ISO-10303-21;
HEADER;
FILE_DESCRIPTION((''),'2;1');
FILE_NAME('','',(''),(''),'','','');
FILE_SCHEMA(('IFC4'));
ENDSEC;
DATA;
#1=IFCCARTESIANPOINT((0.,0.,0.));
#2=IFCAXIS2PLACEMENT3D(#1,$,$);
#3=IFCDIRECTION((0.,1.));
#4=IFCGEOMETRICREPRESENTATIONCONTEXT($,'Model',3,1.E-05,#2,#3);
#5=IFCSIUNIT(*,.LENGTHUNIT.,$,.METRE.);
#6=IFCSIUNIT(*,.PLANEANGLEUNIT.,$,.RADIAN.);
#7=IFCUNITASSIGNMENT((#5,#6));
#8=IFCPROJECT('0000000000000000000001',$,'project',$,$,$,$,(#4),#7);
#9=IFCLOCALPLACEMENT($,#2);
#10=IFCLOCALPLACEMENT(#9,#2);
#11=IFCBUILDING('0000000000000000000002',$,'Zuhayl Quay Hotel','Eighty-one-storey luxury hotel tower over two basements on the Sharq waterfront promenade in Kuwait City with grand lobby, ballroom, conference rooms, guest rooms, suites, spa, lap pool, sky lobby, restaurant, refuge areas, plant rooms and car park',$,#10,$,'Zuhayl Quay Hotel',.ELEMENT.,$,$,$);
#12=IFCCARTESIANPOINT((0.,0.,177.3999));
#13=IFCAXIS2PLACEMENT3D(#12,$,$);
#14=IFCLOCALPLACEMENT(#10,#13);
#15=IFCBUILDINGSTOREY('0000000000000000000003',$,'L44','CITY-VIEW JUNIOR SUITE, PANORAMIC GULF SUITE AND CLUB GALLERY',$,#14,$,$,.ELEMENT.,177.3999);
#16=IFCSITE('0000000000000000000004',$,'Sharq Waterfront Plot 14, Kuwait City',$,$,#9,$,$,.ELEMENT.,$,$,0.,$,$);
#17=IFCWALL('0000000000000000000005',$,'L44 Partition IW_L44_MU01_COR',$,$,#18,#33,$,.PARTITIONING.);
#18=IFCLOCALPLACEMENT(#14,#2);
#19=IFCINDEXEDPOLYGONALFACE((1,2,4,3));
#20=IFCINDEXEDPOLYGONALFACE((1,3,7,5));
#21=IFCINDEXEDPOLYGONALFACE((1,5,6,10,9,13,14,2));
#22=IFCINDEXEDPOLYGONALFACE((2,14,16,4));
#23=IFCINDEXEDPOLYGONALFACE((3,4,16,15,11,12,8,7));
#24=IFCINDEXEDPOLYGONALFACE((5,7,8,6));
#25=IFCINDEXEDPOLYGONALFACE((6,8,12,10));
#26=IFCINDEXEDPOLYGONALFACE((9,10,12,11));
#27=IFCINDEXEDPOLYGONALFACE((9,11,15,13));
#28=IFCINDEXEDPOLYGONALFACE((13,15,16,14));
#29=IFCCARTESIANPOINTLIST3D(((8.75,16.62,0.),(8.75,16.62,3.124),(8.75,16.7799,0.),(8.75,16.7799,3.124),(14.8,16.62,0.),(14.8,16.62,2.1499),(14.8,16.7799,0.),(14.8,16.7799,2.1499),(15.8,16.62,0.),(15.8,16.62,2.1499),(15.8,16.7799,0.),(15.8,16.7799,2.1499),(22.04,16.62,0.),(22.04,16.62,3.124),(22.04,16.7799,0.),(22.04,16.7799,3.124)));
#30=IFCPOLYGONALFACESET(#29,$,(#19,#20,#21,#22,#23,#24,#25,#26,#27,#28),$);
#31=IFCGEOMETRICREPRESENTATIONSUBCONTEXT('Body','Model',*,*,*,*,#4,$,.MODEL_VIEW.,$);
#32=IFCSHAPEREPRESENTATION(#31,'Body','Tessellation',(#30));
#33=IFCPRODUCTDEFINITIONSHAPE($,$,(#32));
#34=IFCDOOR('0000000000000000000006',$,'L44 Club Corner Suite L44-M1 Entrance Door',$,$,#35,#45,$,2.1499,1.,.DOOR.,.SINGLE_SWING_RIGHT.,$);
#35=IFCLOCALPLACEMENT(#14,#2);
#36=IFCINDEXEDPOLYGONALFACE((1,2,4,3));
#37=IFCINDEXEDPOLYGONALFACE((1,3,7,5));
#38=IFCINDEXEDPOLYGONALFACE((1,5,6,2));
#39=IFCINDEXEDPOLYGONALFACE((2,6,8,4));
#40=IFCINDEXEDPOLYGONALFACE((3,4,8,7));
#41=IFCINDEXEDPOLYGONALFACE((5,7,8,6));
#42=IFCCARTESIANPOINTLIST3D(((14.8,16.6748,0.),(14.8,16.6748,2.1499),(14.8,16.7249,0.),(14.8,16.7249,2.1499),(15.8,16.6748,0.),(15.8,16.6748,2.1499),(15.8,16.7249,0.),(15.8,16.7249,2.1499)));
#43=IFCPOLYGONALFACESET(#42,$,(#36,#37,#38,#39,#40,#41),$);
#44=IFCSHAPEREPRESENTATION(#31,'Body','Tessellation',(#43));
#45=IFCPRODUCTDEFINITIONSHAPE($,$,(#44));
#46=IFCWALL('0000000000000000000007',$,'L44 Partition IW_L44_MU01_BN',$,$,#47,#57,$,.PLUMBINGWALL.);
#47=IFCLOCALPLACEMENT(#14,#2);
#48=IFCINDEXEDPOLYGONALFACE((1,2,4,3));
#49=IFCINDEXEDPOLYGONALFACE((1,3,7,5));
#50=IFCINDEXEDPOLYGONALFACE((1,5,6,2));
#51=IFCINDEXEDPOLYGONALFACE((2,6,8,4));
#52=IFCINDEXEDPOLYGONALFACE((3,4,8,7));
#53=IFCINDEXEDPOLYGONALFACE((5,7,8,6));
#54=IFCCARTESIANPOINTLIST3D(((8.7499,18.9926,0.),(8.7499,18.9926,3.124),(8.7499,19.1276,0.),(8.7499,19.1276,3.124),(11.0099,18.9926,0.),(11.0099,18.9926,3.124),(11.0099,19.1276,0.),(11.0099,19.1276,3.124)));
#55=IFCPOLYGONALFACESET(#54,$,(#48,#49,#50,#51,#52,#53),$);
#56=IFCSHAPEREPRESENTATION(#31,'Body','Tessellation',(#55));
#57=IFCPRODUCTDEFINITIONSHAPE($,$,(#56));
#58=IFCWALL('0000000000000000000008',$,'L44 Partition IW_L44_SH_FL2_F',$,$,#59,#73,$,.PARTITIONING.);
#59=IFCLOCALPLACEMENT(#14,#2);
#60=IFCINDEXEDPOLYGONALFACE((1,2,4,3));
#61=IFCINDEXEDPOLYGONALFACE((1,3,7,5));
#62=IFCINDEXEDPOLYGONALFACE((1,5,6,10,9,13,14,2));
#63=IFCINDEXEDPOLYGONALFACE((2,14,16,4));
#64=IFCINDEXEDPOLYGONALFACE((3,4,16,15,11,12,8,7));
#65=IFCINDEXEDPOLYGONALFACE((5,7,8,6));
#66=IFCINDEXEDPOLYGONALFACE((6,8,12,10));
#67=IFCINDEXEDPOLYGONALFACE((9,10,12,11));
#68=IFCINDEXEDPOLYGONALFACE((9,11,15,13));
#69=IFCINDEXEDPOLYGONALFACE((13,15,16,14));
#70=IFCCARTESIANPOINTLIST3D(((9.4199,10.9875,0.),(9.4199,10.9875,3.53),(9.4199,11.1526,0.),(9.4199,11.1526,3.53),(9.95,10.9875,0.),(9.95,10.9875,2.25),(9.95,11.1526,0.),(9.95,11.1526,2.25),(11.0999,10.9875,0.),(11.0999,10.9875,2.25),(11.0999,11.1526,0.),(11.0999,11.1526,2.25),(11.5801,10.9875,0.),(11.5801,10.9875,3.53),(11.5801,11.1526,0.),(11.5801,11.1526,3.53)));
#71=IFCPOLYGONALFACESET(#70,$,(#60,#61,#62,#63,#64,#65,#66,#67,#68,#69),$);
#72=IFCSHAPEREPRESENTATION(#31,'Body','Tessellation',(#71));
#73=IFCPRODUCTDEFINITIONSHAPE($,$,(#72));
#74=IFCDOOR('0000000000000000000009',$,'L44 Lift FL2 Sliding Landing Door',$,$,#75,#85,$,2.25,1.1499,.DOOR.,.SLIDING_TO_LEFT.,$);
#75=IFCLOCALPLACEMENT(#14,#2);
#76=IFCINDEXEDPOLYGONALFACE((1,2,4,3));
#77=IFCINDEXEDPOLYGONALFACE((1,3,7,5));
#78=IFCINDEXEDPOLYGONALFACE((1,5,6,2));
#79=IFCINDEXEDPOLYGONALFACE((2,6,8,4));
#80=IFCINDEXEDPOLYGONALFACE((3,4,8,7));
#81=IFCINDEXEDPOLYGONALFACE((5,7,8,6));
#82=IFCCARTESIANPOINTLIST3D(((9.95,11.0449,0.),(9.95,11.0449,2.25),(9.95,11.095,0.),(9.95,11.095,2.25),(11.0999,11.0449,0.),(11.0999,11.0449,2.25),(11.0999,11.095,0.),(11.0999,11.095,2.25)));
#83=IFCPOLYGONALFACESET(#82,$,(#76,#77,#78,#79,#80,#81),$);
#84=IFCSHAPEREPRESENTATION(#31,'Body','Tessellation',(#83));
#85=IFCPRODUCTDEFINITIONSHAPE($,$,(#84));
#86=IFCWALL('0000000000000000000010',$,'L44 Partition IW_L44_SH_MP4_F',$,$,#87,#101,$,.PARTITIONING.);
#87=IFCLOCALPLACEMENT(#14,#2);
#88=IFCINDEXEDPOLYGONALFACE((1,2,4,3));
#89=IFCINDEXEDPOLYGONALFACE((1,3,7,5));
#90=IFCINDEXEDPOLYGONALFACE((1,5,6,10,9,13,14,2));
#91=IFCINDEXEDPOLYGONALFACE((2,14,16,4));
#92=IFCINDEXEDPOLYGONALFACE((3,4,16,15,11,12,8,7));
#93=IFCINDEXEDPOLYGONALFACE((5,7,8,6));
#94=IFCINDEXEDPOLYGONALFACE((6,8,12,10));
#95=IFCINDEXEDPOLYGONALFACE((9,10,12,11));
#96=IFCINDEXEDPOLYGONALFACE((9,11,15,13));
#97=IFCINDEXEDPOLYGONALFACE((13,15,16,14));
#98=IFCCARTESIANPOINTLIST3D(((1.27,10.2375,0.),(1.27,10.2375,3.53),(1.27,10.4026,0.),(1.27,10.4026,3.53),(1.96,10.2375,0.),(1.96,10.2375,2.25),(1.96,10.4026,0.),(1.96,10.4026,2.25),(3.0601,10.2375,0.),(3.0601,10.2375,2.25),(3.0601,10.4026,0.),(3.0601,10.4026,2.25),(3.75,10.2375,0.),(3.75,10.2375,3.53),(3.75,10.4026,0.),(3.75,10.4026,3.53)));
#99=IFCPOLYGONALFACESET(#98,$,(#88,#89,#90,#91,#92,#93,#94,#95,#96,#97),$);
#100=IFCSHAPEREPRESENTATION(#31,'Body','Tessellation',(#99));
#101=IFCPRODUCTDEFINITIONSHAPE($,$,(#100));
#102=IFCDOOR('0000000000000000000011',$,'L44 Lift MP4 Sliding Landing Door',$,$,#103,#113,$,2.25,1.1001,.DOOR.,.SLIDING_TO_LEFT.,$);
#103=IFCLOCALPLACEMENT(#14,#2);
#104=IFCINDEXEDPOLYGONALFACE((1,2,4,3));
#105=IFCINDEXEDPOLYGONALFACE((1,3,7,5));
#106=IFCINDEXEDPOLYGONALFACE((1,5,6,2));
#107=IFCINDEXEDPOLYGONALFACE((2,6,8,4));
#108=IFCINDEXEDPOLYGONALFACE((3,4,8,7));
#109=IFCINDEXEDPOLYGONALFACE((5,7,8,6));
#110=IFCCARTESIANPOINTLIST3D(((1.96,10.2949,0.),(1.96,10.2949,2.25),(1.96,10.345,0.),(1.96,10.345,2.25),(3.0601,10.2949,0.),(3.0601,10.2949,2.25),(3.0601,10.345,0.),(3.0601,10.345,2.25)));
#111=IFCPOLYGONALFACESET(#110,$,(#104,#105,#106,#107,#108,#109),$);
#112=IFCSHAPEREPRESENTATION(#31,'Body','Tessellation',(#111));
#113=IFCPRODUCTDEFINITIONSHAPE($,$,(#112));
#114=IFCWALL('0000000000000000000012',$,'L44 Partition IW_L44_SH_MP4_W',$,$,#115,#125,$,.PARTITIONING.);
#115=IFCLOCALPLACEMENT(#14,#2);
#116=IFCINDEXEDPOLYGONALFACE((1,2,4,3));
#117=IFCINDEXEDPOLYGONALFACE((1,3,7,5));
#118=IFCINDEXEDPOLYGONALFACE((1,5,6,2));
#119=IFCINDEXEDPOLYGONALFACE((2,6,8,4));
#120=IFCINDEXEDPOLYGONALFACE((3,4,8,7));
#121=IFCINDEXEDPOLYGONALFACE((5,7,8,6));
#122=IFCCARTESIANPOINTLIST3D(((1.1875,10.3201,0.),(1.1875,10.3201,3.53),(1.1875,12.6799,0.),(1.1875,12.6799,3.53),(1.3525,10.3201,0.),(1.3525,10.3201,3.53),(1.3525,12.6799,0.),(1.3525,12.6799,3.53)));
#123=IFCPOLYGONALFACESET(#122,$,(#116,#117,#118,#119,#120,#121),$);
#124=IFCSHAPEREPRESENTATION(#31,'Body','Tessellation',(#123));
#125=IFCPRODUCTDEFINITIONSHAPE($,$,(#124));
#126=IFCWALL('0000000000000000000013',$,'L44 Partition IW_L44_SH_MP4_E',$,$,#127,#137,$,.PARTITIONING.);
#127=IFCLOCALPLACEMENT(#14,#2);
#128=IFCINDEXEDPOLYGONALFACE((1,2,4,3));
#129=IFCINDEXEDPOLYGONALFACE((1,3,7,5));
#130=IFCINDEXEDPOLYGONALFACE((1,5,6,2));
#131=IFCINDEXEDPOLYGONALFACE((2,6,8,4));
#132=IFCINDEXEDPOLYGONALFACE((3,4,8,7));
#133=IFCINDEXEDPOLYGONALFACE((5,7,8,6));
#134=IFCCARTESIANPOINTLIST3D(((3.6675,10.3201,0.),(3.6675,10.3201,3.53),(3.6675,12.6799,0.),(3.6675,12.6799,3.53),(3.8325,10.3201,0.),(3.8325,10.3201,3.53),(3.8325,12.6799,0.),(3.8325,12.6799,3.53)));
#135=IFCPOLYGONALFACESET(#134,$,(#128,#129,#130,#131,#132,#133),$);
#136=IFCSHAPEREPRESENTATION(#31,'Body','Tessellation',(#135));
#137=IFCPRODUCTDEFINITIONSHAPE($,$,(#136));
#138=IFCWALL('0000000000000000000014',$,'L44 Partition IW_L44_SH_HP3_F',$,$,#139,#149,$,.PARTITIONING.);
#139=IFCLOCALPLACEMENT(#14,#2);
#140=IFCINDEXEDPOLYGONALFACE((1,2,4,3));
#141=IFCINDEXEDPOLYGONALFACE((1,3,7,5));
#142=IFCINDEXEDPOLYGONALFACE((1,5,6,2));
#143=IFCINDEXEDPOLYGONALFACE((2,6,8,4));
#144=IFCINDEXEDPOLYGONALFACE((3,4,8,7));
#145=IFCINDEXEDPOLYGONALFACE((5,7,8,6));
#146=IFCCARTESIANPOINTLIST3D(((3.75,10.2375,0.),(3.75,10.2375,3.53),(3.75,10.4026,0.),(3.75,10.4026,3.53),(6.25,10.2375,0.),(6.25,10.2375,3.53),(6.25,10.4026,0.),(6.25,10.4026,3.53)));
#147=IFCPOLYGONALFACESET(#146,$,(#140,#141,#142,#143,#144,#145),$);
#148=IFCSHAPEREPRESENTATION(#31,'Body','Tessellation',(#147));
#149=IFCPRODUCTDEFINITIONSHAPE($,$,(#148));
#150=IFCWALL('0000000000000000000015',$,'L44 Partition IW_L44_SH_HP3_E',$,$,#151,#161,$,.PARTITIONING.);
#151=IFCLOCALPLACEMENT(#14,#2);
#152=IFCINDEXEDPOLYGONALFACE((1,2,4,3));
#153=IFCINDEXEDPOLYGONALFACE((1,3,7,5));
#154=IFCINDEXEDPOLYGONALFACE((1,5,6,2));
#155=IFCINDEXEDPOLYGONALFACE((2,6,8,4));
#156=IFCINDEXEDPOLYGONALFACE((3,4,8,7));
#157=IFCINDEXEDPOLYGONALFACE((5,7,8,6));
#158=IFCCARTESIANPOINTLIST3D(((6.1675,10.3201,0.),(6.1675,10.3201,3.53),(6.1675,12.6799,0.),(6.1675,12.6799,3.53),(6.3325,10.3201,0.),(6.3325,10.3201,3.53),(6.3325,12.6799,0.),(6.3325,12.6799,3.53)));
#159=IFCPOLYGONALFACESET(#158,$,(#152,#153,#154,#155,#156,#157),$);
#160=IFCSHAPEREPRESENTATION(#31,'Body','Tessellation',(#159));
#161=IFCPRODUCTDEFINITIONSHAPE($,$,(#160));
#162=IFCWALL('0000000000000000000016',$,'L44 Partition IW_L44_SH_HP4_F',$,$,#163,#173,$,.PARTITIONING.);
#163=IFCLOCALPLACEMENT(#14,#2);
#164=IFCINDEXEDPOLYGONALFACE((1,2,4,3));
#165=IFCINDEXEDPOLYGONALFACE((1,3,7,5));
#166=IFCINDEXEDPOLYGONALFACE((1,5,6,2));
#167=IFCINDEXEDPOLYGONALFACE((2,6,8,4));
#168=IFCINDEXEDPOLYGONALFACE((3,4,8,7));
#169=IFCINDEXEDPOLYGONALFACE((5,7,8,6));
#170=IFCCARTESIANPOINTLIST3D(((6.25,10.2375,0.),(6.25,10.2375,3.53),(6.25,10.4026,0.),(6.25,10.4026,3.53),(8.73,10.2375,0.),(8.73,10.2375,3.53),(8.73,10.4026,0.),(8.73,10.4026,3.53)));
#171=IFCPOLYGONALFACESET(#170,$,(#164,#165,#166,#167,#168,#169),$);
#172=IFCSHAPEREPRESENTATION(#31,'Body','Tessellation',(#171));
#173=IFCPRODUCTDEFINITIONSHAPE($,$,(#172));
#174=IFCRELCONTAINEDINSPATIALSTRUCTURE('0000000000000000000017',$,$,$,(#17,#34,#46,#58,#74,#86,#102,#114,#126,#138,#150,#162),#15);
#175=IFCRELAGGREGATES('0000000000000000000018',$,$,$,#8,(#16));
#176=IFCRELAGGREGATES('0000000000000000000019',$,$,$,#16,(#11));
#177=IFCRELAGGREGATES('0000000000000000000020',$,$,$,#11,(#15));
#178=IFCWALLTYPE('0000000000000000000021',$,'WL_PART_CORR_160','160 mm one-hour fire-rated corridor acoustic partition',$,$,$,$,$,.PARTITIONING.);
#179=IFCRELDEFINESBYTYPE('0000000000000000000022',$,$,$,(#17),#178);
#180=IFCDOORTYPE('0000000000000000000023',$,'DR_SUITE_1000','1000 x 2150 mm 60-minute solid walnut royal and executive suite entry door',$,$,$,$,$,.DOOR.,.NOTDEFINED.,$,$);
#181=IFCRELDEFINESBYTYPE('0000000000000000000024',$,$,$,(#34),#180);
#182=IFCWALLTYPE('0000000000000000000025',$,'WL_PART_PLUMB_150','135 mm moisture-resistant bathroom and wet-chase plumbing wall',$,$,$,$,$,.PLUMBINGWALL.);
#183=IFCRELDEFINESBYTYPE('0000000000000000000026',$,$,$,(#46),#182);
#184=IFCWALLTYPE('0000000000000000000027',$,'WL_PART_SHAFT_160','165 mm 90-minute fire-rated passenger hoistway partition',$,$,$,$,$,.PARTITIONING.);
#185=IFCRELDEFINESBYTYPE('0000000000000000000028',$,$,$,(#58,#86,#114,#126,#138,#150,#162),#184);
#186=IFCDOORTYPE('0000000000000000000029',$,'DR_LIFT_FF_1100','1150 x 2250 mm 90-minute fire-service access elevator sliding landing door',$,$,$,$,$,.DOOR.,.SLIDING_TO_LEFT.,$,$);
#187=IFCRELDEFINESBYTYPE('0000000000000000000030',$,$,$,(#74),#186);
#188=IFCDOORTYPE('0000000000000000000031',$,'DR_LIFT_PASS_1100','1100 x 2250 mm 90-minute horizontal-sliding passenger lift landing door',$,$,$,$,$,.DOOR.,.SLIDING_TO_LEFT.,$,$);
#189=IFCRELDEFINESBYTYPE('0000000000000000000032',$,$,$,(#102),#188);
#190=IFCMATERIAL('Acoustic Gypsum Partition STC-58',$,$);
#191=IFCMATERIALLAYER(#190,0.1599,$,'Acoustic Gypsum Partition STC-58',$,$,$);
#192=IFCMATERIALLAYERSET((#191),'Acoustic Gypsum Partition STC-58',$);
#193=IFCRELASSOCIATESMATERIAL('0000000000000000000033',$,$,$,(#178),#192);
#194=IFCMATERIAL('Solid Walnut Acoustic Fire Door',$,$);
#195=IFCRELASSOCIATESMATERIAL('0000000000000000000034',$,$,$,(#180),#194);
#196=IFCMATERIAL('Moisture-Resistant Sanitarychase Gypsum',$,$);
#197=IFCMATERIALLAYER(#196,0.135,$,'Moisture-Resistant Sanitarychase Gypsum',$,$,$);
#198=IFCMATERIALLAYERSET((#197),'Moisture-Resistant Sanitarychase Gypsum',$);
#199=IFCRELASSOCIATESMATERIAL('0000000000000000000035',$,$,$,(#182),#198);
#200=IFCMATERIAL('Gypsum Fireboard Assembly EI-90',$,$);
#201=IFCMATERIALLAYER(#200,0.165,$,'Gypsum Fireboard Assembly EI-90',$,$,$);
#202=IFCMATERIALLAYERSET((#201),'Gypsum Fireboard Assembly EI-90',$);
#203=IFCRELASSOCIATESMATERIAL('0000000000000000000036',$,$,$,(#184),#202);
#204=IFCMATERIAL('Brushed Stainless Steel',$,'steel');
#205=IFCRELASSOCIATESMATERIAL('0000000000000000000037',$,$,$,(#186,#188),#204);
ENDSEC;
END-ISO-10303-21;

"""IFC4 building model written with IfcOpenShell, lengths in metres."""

from ifc_helpers import new_model, si_unit, direction, frame, frame_2d, origin, place, context, subcontext, project, spatial, rectangle, extrude, material, layer, layer_set, type_object, element, fill, save


model = new_model("IFC4")

# Units and contexts
model_context = context("Model", 3, precision=1e-05, world=origin(), true_north=direction((0.0, 1.0)))
body_context = subcontext(model_context, "Body", "Model", "MODEL_VIEW")
ifc_project = project(units=[si_unit("LENGTHUNIT", "METRE"), si_unit("PLANEANGLEUNIT", "RADIAN")], contexts=[model_context])

# Site, building, storey
site_placement = place(None, origin())
site = spatial("IfcSite", under=ifc_project, at=site_placement, Name="Sharq Waterfront Plot 14, Kuwait City", CompositionType="ELEMENT", RefElevation=0.0)
building_placement = place(site_placement, origin())
building = spatial("IfcBuilding", under=site, at=building_placement, Name="Zuhayl Quay Hotel", Description="Eighty-one-storey luxury hotel tower over two basements on the Sharq waterfront promenade in Kuwait City with grand lobby, ballroom, conference rooms, guest rooms, suites, spa, lap pool, sky lobby, restaurant, refuge areas, plant rooms and car park", LongName="Zuhayl Quay Hotel", CompositionType="ELEMENT")
storey_placement = place(building_placement, frame((0.0, 0.0, 177.3999)))
storey = spatial("IfcBuildingStorey", under=building, at=storey_placement, Name="L44", Description="CITY-VIEW JUNIOR SUITE, PANORAMIC GULF SUITE AND CLUB GALLERY", CompositionType="ELEMENT", Elevation=177.3999)

# Shared definitions
ifc_material_1 = material(Name="Acoustic Gypsum Partition STC-58")

# Wall, opening, door
ifc_layer_1 = layer(ifc_material_1, 0.1599, Name="Acoustic Gypsum Partition STC-58")
ifc_layer_set_1 = layer_set([ifc_layer_1], Name="Acoustic Gypsum Partition STC-58")
wall_type_1 = type_object("IfcWallType", Name="WL_PART_CORR_160", Description="160 mm one-hour fire-rated corridor acoustic partition", PredefinedType="PARTITIONING", material=ifc_layer_set_1)
ifc_material_2 = material(Name="Solid Walnut Acoustic Fire Door")
wall_1_placement = place(storey_placement, frame((8.75, 16.7, 0.0), z_axis=(0.0, 0.0, 1.0), x_axis=(1.0, 0.0, 0.0)))
wall_1 = element("IfcWall", 1, at=wall_1_placement, inside=storey, type_object=wall_type_1, Name="L44 Partition IW_L44_MU01_COR", PredefinedType="PARTITIONING", context=body_context, shape_type="SweptSolid", body=[
    extrude(rectangle(XDim=13.29, YDim=0.1599, at=frame_2d((6.645, 0.0))), origin(), (0.0, 0.0, 1.0), 3.124),
])
opening_1_placement = place(wall_1_placement, frame((6.05, 0.0, 0.0)))
opening_1 = element("IfcOpeningElement", 2, at=opening_1_placement, cuts=wall_1, PredefinedType="OPENING", context=body_context, shape_type="SweptSolid", body=[
    extrude(rectangle(XDim=1.0, YDim=2.1499, at=frame_2d((0.5, 1.075))), frame((0.0, 0.0898, 0.0), z_axis=(0.0, -1.0, 0.0), x_axis=(1.0, 0.0, 0.0)), (0.0, 0.0, 1.0), 0.1799),
])
door_type_1 = type_object("IfcDoorType", Name="DR_SUITE_1000", Description="1000 x 2150 mm 60-minute solid walnut royal and executive suite entry door", OperationType="NOTDEFINED", PredefinedType="DOOR", material=ifc_material_2)
door_1_placement = place(opening_1_placement, origin())
door_1 = element("IfcDoor", 3, at=door_1_placement, inside=storey, type_object=door_type_1, Name="L44 Club Corner Suite L44-M1 Entrance Door", OperationType="SINGLE_SWING_RIGHT", OverallHeight=2.1499, OverallWidth=1.0, PredefinedType="DOOR", context=body_context, shape_type="SweptSolid", body=[
    extrude(rectangle(XDim=1.0, YDim=2.1499, at=frame_2d((0.5, 1.075))), frame((0.0, 0.0249, 0.0), z_axis=(0.0, -1.0, 0.0), x_axis=(1.0, 0.0, 0.0)), (0.0, 0.0, 1.0), 0.05),
])
fill(opening_1, door_1)

# Wall
ifc_material_3 = material(Name="Moisture-Resistant Sanitarychase Gypsum")
ifc_layer_2 = layer(ifc_material_3, 0.135, Name="Moisture-Resistant Sanitarychase Gypsum")
ifc_layer_set_2 = layer_set([ifc_layer_2], Name="Moisture-Resistant Sanitarychase Gypsum")
wall_type_2 = type_object("IfcWallType", Name="WL_PART_PLUMB_150", Description="135 mm moisture-resistant bathroom and wet-chase plumbing wall", PredefinedType="PLUMBINGWALL", material=ifc_layer_set_2)
wall_2_placement = place(storey_placement, frame((8.75, 19.0601, 0.0), z_axis=(0.0, 0.0, 1.0), x_axis=(1.0, 0.0, 0.0)))
element("IfcWall", 4, at=wall_2_placement, inside=storey, type_object=wall_type_2, Name="L44 Partition IW_L44_MU01_BN", PredefinedType="PLUMBINGWALL", context=body_context, shape_type="SweptSolid", body=[
    extrude(rectangle(XDim=2.26, YDim=0.135, at=frame_2d((1.1299, 0.0))), origin(), (0.0, 0.0, 1.0), 3.124),
])

# Walls, openings, doors
ifc_material_4 = material(Name="Gypsum Fireboard Assembly EI-90")
ifc_layer_3 = layer(ifc_material_4, 0.165, Name="Gypsum Fireboard Assembly EI-90")
ifc_layer_set_3 = layer_set([ifc_layer_3], Name="Gypsum Fireboard Assembly EI-90")
wall_type_3 = type_object("IfcWallType", Name="WL_PART_SHAFT_160", Description="165 mm 90-minute fire-rated passenger hoistway partition", PredefinedType="PARTITIONING", material=ifc_layer_set_3)
wall_3_placement = place(storey_placement, frame((9.4199, 11.0701, 0.0), z_axis=(0.0, 0.0, 1.0), x_axis=(1.0, 0.0, 0.0)))
wall_3 = element("IfcWall", 5, at=wall_3_placement, inside=storey, type_object=wall_type_3, Name="L44 Partition IW_L44_SH_FL2_F", PredefinedType="PARTITIONING", context=body_context, shape_type="SweptSolid", body=[
    extrude(rectangle(XDim=2.1602, YDim=0.165, at=frame_2d((1.0801, 0.0))), origin(), (0.0, 0.0, 1.0), 3.53),
])
opening_2_placement = place(wall_3_placement, frame((0.53, 0.0, 0.0)))
opening_2 = element("IfcOpeningElement", 6, at=opening_2_placement, cuts=wall_3, PredefinedType="OPENING", context=body_context, shape_type="SweptSolid", body=[
    extrude(rectangle(XDim=1.1499, YDim=2.25, at=frame_2d((0.575, 1.125))), frame((0.0, 0.0925, 0.0), z_axis=(0.0, -1.0, 0.0), x_axis=(1.0, 0.0, 0.0)), (0.0, 0.0, 1.0), 0.1851),
])
ifc_material_5 = material(Name="Brushed Stainless Steel", Category="steel")
door_type_2 = type_object("IfcDoorType", Name="DR_LIFT_FF_1100", Description="1150 x 2250 mm 90-minute fire-service access elevator sliding landing door", OperationType="SLIDING_TO_LEFT", PredefinedType="DOOR", material=ifc_material_5)
door_2_placement = place(opening_2_placement, origin())
door_2 = element("IfcDoor", 7, at=door_2_placement, inside=storey, type_object=door_type_2, Name="L44 Lift FL2 Sliding Landing Door", OperationType="SLIDING_TO_LEFT", OverallHeight=2.25, OverallWidth=1.1499, PredefinedType="DOOR", context=body_context, shape_type="SweptSolid", body=[
    extrude(rectangle(XDim=1.1499, YDim=2.25, at=frame_2d((0.575, 1.125))), frame((0.0, 0.0249, 0.0), z_axis=(0.0, -1.0, 0.0), x_axis=(1.0, 0.0, 0.0)), (0.0, 0.0, 1.0), 0.05),
])
fill(opening_2, door_2)
wall_4_placement = place(storey_placement, frame((1.27, 10.3201, 0.0), z_axis=(0.0, 0.0, 1.0), x_axis=(1.0, 0.0, 0.0)))
wall_4 = element("IfcWall", 8, at=wall_4_placement, inside=storey, type_object=wall_type_3, Name="L44 Partition IW_L44_SH_MP4_F", PredefinedType="PARTITIONING", context=body_context, shape_type="SweptSolid", body=[
    extrude(rectangle(XDim=2.48, YDim=0.165, at=frame_2d((1.24, 0.0))), origin(), (0.0, 0.0, 1.0), 3.53),
])
opening_3_placement = place(wall_4_placement, frame((0.6899, 0.0, 0.0)))
opening_3 = element("IfcOpeningElement", 9, at=opening_3_placement, cuts=wall_4, PredefinedType="OPENING", context=body_context, shape_type="SweptSolid", body=[
    extrude(rectangle(XDim=1.1001, YDim=2.25, at=frame_2d((0.55, 1.125))), frame((0.0, 0.0925, 0.0), z_axis=(0.0, -1.0, 0.0), x_axis=(1.0, 0.0, 0.0)), (0.0, 0.0, 1.0), 0.1851),
])
door_type_3 = type_object("IfcDoorType", Name="DR_LIFT_PASS_1100", Description="1100 x 2250 mm 90-minute horizontal-sliding passenger lift landing door", OperationType="SLIDING_TO_LEFT", PredefinedType="DOOR", material=ifc_material_5)
door_3_placement = place(opening_3_placement, origin())
door_3 = element("IfcDoor", 10, at=door_3_placement, inside=storey, type_object=door_type_3, Name="L44 Lift MP4 Sliding Landing Door", OperationType="SLIDING_TO_LEFT", OverallHeight=2.25, OverallWidth=1.1001, PredefinedType="DOOR", context=body_context, shape_type="SweptSolid", body=[
    extrude(rectangle(XDim=1.1001, YDim=2.25, at=frame_2d((0.55, 1.125))), frame((0.0, 0.0249, 0.0), z_axis=(0.0, -1.0, 0.0), x_axis=(1.0, 0.0, 0.0)), (0.0, 0.0, 1.0), 0.05),
])
fill(opening_3, door_3)

# Walls
for number, where, z_axis, x_axis, name in (
    (11, (1.27, 10.3201, 0.0), (0.0, 0.0, 1.0), (0.0, 1.0, 0.0), "L44 Partition IW_L44_SH_MP4_W"),
    (12, (3.75, 10.3201, 0.0), (0.0, 0.0, 1.0), (0.0, 1.0, 0.0), "L44 Partition IW_L44_SH_MP4_E"),
):
    element("IfcWall", number, at=place(storey_placement, frame(where, z_axis=z_axis, x_axis=x_axis)), inside=storey, type_object=wall_type_3, Name=name, PredefinedType="PARTITIONING", context=body_context, shape_type="SweptSolid", body=[
        extrude(rectangle(XDim=2.3599, YDim=0.165, at=frame_2d((1.1799, 0.0))), origin(), (0.0, 0.0, 1.0), 3.53),
    ])
wall_5_placement = place(storey_placement, frame((3.75, 10.3201, 0.0), z_axis=(0.0, 0.0, 1.0), x_axis=(1.0, 0.0, 0.0)))
element("IfcWall", 13, at=wall_5_placement, inside=storey, type_object=wall_type_3, Name="L44 Partition IW_L44_SH_HP3_F", PredefinedType="PARTITIONING", context=body_context, shape_type="SweptSolid", body=[
    extrude(rectangle(XDim=2.5, YDim=0.165, at=frame_2d((1.25, 0.0))), origin(), (0.0, 0.0, 1.0), 3.53),
])
wall_6_placement = place(storey_placement, frame((6.25, 10.3201, 0.0), z_axis=(0.0, 0.0, 1.0), x_axis=(0.0, 1.0, 0.0)))
element("IfcWall", 14, at=wall_6_placement, inside=storey, type_object=wall_type_3, Name="L44 Partition IW_L44_SH_HP3_E", PredefinedType="PARTITIONING", context=body_context, shape_type="SweptSolid", body=[
    extrude(rectangle(XDim=2.3599, YDim=0.165, at=frame_2d((1.1799, 0.0))), origin(), (0.0, 0.0, 1.0), 3.53),
])
wall_7_placement = place(storey_placement, frame((6.25, 10.3201, 0.0), z_axis=(0.0, 0.0, 1.0), x_axis=(1.0, 0.0, 0.0)))
element("IfcWall", 15, at=wall_7_placement, inside=storey, type_object=wall_type_3, Name="L44 Partition IW_L44_SH_HP4_F", PredefinedType="PARTITIONING", context=body_context, shape_type="SweptSolid", body=[
    extrude(rectangle(XDim=2.48, YDim=0.165, at=frame_2d((1.24, 0.0))), origin(), (0.0, 0.0, 1.0), 3.53),
])

save(model, "model.ifc")
